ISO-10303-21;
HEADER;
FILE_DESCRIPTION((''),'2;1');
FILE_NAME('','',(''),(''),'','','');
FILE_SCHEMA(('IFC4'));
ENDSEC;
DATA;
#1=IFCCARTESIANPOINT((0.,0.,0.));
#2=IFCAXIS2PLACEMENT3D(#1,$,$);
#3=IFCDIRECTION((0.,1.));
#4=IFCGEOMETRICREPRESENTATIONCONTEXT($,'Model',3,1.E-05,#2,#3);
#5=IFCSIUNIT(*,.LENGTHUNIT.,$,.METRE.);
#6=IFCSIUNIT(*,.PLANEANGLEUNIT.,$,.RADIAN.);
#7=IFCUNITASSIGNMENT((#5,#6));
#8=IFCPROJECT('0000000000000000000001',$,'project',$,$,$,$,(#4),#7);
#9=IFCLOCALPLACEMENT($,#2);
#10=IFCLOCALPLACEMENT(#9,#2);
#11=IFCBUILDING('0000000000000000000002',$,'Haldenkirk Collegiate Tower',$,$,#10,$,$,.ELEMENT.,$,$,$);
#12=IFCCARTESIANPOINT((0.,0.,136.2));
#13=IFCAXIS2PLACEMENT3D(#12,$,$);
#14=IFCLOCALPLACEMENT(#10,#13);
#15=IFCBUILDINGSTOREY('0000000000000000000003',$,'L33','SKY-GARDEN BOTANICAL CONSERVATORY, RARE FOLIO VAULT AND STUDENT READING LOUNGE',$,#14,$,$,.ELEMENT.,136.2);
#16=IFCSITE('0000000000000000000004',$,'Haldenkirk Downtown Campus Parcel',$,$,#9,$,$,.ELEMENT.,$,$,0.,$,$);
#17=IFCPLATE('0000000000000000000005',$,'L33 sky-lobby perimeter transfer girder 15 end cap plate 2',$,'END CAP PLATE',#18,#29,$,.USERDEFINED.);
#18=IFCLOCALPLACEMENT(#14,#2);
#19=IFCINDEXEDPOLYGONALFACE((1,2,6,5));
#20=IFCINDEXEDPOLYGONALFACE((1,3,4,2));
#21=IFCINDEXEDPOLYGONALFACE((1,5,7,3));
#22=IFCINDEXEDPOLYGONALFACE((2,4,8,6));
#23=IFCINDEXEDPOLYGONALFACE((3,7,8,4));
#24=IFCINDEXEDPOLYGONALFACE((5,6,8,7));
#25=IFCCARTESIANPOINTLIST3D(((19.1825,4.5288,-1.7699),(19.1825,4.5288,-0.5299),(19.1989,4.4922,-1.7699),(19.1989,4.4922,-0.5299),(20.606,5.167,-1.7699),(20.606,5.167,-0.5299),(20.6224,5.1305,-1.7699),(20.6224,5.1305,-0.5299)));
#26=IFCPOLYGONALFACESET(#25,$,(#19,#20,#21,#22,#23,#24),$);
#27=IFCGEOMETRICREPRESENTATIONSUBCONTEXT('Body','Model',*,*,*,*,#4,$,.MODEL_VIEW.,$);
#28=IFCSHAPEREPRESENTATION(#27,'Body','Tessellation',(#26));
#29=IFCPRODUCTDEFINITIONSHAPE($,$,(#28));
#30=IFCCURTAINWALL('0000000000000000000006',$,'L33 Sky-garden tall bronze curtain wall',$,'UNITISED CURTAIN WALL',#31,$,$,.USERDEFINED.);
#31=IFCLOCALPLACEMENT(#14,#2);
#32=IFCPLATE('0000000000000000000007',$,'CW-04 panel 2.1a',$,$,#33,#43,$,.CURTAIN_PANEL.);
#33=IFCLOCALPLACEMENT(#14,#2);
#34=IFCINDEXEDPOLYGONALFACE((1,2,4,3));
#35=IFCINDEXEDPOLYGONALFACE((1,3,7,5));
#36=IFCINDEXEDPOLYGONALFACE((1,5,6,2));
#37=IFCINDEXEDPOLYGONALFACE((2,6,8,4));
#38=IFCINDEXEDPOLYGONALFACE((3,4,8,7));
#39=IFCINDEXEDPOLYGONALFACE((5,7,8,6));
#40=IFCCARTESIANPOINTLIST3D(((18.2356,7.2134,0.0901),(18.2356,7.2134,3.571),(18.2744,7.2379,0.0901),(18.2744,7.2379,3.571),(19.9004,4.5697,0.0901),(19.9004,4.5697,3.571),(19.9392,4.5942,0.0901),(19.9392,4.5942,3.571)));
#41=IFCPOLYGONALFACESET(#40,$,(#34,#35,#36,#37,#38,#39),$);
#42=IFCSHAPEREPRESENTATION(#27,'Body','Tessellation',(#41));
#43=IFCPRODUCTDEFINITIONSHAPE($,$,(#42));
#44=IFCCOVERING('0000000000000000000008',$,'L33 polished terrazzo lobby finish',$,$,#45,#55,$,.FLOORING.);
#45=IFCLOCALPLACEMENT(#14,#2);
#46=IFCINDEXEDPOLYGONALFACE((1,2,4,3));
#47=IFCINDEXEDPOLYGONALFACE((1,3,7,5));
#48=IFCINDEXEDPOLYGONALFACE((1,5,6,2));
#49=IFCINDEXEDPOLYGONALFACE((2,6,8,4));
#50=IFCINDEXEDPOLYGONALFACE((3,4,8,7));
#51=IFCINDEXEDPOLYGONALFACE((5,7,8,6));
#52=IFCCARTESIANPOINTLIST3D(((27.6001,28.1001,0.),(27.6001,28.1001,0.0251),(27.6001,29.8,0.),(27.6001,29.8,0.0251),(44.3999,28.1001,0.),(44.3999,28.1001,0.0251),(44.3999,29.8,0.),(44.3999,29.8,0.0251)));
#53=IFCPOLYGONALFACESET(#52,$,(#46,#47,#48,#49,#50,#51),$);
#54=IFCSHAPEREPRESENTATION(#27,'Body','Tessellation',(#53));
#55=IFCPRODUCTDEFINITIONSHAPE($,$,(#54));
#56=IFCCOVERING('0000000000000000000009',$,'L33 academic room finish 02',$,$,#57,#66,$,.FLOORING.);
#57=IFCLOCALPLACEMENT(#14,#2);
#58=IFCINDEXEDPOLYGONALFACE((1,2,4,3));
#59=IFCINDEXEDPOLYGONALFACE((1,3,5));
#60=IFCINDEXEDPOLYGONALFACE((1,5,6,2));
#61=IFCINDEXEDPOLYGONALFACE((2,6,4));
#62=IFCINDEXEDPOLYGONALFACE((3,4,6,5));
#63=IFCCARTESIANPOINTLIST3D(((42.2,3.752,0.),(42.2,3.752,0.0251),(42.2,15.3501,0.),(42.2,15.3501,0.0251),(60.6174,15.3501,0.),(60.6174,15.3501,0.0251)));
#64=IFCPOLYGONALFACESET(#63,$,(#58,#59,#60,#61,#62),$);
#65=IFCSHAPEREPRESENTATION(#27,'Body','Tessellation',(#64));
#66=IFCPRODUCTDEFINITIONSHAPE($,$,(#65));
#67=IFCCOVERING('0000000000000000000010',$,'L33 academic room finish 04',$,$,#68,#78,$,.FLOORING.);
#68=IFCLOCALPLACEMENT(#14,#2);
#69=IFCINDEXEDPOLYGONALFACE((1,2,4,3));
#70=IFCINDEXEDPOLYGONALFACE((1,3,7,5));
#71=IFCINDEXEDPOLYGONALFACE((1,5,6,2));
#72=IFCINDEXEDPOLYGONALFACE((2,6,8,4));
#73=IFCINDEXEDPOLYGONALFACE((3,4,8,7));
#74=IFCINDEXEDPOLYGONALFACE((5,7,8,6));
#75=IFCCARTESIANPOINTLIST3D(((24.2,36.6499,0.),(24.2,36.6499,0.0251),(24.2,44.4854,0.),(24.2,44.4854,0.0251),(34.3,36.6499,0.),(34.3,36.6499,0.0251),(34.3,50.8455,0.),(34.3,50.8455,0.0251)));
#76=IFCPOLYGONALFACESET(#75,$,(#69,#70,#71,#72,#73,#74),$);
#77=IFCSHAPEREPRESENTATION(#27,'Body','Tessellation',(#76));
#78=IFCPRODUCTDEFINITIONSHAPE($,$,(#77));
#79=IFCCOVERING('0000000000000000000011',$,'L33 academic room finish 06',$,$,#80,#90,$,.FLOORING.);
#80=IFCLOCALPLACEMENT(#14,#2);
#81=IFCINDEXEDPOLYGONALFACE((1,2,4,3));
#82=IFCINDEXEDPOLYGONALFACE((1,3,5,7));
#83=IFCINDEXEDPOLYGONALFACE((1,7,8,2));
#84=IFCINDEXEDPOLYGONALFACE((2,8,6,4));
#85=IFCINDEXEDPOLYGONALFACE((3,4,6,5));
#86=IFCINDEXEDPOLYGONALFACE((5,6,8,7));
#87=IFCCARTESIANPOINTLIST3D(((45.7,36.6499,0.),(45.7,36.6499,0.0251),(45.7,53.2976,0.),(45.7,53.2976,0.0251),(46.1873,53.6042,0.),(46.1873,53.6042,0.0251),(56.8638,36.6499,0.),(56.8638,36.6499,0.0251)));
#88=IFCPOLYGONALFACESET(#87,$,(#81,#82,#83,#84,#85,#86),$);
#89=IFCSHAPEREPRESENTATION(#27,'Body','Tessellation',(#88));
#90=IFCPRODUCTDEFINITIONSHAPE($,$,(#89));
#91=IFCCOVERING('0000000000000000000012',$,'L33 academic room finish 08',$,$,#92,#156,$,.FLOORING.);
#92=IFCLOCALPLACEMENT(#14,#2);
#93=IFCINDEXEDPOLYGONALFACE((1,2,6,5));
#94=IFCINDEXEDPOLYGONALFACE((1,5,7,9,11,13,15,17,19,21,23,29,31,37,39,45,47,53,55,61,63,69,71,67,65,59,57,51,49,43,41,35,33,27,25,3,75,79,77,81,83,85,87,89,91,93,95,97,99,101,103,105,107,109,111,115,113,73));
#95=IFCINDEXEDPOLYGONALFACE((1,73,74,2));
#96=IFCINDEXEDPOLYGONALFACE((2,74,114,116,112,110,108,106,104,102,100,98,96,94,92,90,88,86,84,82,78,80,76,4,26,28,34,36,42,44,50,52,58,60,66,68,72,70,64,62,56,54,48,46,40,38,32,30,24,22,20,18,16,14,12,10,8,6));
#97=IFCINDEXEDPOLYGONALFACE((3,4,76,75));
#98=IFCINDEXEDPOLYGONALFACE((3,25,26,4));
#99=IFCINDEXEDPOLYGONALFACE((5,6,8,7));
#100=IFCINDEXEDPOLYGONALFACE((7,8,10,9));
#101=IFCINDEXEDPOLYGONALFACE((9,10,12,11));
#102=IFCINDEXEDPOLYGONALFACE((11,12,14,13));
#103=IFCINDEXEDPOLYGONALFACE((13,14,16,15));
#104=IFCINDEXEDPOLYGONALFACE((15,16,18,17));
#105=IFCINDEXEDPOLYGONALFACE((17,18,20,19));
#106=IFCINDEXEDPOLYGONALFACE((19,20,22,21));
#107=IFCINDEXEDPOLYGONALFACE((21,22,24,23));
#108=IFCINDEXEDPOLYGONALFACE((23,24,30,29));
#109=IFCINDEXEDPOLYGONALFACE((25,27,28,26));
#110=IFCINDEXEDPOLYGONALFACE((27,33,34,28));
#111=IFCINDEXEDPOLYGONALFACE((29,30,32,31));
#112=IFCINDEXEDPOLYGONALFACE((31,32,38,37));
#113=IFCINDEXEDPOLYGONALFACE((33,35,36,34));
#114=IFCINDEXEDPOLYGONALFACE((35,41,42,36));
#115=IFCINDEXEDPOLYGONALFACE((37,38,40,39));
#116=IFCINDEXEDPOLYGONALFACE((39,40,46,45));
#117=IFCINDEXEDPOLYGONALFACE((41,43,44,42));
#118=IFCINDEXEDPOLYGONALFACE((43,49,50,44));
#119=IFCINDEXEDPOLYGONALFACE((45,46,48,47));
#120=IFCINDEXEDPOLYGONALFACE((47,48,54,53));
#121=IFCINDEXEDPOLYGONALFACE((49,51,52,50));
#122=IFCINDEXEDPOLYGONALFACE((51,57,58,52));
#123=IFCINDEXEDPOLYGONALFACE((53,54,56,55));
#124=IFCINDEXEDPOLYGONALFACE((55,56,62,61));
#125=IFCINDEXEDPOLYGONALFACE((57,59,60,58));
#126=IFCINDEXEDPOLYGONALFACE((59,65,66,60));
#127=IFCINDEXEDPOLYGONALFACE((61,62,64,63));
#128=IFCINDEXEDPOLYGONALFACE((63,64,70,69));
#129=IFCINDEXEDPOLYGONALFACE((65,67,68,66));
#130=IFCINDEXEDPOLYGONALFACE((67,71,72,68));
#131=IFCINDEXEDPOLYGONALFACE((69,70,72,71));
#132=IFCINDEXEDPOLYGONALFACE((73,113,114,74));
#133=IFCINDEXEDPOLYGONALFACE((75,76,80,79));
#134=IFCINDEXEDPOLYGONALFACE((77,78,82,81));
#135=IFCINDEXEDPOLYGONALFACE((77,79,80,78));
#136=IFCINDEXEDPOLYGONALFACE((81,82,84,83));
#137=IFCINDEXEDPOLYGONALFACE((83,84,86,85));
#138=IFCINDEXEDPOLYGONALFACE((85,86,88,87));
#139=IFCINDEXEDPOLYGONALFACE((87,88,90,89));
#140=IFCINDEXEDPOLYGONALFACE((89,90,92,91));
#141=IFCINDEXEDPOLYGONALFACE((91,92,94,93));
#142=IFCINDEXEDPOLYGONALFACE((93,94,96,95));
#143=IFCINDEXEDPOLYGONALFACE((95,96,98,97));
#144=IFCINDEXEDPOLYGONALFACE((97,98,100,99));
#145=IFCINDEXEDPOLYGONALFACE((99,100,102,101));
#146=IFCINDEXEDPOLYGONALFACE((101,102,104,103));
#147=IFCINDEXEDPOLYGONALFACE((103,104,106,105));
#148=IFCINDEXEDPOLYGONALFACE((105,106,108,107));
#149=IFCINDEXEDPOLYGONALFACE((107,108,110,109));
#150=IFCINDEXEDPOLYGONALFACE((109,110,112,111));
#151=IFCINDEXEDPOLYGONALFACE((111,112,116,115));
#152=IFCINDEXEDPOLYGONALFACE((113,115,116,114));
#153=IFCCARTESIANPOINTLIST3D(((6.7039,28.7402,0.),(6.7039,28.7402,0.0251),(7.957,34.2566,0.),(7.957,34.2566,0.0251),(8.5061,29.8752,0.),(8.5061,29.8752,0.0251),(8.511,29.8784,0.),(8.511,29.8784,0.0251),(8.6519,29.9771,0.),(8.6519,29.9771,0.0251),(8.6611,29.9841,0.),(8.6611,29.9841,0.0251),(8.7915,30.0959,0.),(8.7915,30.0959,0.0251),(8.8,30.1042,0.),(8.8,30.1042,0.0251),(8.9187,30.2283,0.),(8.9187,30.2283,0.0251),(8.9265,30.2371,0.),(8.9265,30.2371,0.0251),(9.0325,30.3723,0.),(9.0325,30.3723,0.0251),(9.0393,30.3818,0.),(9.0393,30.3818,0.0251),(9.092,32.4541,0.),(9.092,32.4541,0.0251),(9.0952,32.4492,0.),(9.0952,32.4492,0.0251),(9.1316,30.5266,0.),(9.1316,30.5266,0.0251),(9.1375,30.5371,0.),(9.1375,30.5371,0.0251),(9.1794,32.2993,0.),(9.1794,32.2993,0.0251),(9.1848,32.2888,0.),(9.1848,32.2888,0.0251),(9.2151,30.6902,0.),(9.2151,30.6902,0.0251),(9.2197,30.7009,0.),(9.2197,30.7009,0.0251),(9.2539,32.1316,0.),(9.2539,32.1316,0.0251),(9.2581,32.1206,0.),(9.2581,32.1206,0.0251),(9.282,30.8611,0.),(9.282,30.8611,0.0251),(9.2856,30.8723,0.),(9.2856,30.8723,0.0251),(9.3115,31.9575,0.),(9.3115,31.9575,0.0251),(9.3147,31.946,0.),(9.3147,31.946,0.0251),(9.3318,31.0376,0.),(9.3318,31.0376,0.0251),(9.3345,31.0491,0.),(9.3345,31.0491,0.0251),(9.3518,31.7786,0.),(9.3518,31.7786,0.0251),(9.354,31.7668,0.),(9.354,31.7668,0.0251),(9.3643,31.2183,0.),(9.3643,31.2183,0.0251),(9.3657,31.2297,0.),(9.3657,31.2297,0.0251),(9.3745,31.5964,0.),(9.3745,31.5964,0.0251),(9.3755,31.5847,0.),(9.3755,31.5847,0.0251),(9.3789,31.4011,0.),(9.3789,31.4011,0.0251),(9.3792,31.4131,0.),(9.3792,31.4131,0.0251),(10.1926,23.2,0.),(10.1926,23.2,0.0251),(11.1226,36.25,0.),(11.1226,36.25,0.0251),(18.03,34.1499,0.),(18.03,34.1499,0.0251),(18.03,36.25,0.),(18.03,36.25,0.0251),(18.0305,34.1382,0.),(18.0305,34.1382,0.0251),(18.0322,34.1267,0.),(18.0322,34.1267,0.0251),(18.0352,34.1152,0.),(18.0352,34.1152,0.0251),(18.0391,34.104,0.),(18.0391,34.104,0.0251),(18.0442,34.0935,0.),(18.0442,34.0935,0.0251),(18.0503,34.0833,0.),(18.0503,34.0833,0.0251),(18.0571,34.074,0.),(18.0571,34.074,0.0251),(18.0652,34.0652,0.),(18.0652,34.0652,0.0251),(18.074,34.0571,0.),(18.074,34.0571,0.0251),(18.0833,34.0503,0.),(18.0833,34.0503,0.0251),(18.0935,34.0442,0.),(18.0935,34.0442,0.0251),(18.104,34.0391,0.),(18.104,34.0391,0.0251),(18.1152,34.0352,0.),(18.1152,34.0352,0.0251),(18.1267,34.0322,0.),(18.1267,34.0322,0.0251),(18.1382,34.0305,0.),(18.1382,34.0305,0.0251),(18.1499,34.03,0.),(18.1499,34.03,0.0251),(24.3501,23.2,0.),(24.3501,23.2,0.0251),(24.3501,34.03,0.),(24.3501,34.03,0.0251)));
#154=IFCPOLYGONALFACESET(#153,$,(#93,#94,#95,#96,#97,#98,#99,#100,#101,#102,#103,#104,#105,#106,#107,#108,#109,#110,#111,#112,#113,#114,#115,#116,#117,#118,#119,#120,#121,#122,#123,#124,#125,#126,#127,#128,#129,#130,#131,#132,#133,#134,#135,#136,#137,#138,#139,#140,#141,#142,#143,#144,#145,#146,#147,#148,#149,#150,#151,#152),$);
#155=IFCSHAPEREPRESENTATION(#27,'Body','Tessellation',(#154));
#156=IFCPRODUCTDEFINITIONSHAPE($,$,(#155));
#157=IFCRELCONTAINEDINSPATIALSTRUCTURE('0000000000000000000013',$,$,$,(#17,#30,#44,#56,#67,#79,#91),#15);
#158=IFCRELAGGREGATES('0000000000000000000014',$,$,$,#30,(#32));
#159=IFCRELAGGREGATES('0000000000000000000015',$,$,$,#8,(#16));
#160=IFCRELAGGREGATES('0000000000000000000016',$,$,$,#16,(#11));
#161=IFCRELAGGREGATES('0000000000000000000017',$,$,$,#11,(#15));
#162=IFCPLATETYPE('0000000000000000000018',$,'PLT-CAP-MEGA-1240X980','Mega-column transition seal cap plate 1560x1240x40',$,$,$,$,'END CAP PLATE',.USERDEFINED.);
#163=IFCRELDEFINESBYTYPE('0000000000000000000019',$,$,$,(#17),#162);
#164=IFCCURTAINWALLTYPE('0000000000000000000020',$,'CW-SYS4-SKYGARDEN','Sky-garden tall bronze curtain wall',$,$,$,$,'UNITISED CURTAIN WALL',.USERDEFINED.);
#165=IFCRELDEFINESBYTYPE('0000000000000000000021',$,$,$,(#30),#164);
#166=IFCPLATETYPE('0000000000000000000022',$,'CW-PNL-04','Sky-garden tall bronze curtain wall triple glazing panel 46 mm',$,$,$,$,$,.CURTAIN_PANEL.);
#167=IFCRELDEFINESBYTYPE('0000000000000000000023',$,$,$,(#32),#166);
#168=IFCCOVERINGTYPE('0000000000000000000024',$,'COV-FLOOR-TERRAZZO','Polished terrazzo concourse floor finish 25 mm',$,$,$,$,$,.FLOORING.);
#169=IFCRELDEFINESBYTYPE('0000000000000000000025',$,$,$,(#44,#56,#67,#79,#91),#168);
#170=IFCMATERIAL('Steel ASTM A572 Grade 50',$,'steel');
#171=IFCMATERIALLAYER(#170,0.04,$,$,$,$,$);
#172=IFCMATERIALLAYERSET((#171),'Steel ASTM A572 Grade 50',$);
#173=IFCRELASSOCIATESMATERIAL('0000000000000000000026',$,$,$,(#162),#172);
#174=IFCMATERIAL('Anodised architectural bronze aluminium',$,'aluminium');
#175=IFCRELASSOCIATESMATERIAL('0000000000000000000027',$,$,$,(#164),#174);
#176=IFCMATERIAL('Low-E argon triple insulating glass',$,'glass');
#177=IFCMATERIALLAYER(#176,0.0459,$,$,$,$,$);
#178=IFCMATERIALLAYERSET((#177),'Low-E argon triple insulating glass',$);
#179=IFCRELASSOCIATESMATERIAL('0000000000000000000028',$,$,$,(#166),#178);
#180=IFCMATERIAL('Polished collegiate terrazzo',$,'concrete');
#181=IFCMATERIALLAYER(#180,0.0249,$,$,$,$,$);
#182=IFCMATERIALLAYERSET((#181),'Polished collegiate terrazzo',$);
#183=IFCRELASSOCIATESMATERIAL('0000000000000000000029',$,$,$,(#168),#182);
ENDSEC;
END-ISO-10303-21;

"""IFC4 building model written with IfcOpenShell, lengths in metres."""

from ifc_helpers import new_model, si_unit, direction, frame, origin, origin_2d, place, context, subcontext, project, spatial, polyline, rectangle, outline, extrude, source, transform, mapped, material, layer, layer_set, type_object, element, aggregate, save


model = new_model("IFC4")

# Units and contexts
model_context = context("Model", 3, precision=1e-05, world=origin(), true_north=direction((0.0, 1.0)))
body_context = subcontext(model_context, "Body", "Model", "MODEL_VIEW")
ifc_project = project(units=[si_unit("LENGTHUNIT", "METRE"), si_unit("PLANEANGLEUNIT", "RADIAN")], contexts=[model_context])

# Site, building, storey
site_placement = place(None, origin())
site = spatial("IfcSite", under=ifc_project, at=site_placement, Name="Haldenkirk Downtown Campus Parcel", CompositionType="ELEMENT", RefElevation=0.0)
building_placement = place(site_placement, origin())
building = spatial("IfcBuilding", under=site, at=building_placement, Name="Haldenkirk Collegiate Tower", CompositionType="ELEMENT")
storey_placement = place(building_placement, frame((0.0, 0.0, 136.2)))
storey = spatial("IfcBuildingStorey", under=building, at=storey_placement, Name="L33", Description="SKY-GARDEN BOTANICAL CONSERVATORY, RARE FOLIO VAULT AND STUDENT READING LOUNGE", CompositionType="ELEMENT", Elevation=136.2)

# Plate
ifc_material_1 = material(Name="Steel ASTM A572 Grade 50", Category="steel")
ifc_layer_1 = layer(ifc_material_1, 0.04)
ifc_layer_set_1 = layer_set([ifc_layer_1], Name="Steel ASTM A572 Grade 50")
plate_type_1 = type_object("IfcPlateType", Name="PLT-CAP-MEGA-1240X980", Description="Mega-column transition seal cap plate 1560x1240x40", ElementType="END CAP PLATE", PredefinedType="USERDEFINED", material=ifc_layer_set_1)
shared_shape_1 = source(origin(), body_context, "Body", "SweptSolid", [
    extrude(rectangle(XDim=1.5601, YDim=1.24, at=origin_2d()), origin(), (0.0, 0.0, 1.0), 0.04),
])
plate_1_placement = place(storey_placement, frame((19.8943, 4.8479, -1.1499), z_axis=(0.409132, -0.912475, 0.0), x_axis=(0.912475, 0.409132, 0.0)))
element("IfcPlate", 1, at=plate_1_placement, inside=storey, type_object=plate_type_1, Name="L33 sky-lobby perimeter transfer girder 15 end cap plate 2", ObjectType="END CAP PLATE", PredefinedType="USERDEFINED", context=body_context, shape_type="MappedRepresentation", body=[
    mapped(shared_shape_1, transform((0.0, 0.0, 0.0), x_axis=(1.0, 0.0, 0.0), y_axis=(0.0, 1.0, 0.0), z_axis=(0.0, 0.0, 1.0), scale=1.0)),
])

# Curtain wall, plate
ifc_material_2 = material(Name="Anodised architectural bronze aluminium", Category="aluminium")
curtain_wall_type = type_object("IfcCurtainWallType", Name="CW-SYS4-SKYGARDEN", Description="Sky-garden tall bronze curtain wall", ElementType="UNITISED CURTAIN WALL", PredefinedType="USERDEFINED", material=ifc_material_2)
curtain_wall_placement = place(storey_placement, origin())
curtain_wall = element("IfcCurtainWall", 2, at=curtain_wall_placement, inside=storey, type_object=curtain_wall_type, Name="L33 Sky-garden tall bronze curtain wall", ObjectType="UNITISED CURTAIN WALL", PredefinedType="USERDEFINED")
ifc_material_3 = material(Name="Low-E argon triple insulating glass", Category="glass")
ifc_layer_2 = layer(ifc_material_3, 0.0459)
ifc_layer_set_2 = layer_set([ifc_layer_2], Name="Low-E argon triple insulating glass")
plate_type_2 = type_object("IfcPlateType", Name="CW-PNL-04", Description="Sky-garden tall bronze curtain wall triple glazing panel 46 mm", PredefinedType="CURTAIN_PANEL", material=ifc_layer_set_2)
shared_shape_2 = source(origin(), body_context, "Body", "SweptSolid", [
    extrude(rectangle(XDim=3.1243, YDim=0.0459, at=origin_2d()), origin(), (0.0, 0.0, 1.0), 3.481),
])
plate_2_placement = place(storey_placement, frame((19.0874, 5.9038, 0.0901), z_axis=(0.0, 0.0, 1.0), x_axis=(-0.532878, 0.846192, 0.0)))
plate_2 = element("IfcPlate", 3, at=plate_2_placement, type_object=plate_type_2, Name="CW-04 panel 2.1a", PredefinedType="CURTAIN_PANEL", context=body_context, shape_type="MappedRepresentation", body=[
    mapped(shared_shape_2, transform((0.0, 0.0, 0.0), x_axis=(1.0, 0.0, 0.0), y_axis=(0.0, 1.0, 0.0), z_axis=(0.0, 0.0, 1.0), scale=1.0)),
])
aggregate(curtain_wall, [plate_2])

# Coverings
ifc_material_4 = material(Name="Polished collegiate terrazzo", Category="concrete")
ifc_layer_3 = layer(ifc_material_4, 0.0249)
ifc_layer_set_3 = layer_set([ifc_layer_3], Name="Polished collegiate terrazzo")
covering_type_1 = type_object("IfcCoveringType", Name="COV-FLOOR-TERRAZZO", Description="Polished terrazzo concourse floor finish 25 mm", PredefinedType="FLOORING", material=ifc_layer_set_3)
covering_1_placement = place(storey_placement, origin())
element("IfcCovering", 4, at=covering_1_placement, inside=storey, type_object=covering_type_1, Name="L33 polished terrazzo lobby finish", PredefinedType="FLOORING", context=body_context, shape_type="SweptSolid", body=[
    extrude(outline(polyline([(27.6001, 28.1001), (44.3999, 28.1001), (44.3999, 29.8), (27.6001, 29.8), (27.6001, 28.1001)])), origin(), (0.0, 0.0, 1.0), 0.0251),
])
covering_2_placement = place(storey_placement, origin())
element("IfcCovering", 5, at=covering_2_placement, inside=storey, type_object=covering_type_1, Name="L33 academic room finish 02", PredefinedType="FLOORING", context=body_context, shape_type="SweptSolid", body=[
    extrude(outline(polyline([(42.2, 3.752), (42.2, 15.3501), (60.6174, 15.3501), (42.2, 3.752)])), origin(), (0.0, 0.0, 1.0), 0.0251),
])
covering_3_placement = place(storey_placement, origin())
element("IfcCovering", 6, at=covering_3_placement, inside=storey, type_object=covering_type_1, Name="L33 academic room finish 04", PredefinedType="FLOORING", context=body_context, shape_type="SweptSolid", body=[
    extrude(outline(polyline([(34.3, 50.8455), (34.3, 36.6499), (24.2, 36.6499), (24.2, 44.4854), (34.3, 50.8455)])), origin(), (0.0, 0.0, 1.0), 0.0251),
])
covering_4_placement = place(storey_placement, origin())
element("IfcCovering", 7, at=covering_4_placement, inside=storey, type_object=covering_type_1, Name="L33 academic room finish 06", PredefinedType="FLOORING", context=body_context, shape_type="SweptSolid", body=[
    extrude(outline(polyline([(46.1873, 53.6042), (56.8638, 36.6499), (45.7, 36.6499), (45.7, 53.2976), (46.1873, 53.6042)])), origin(), (0.0, 0.0, 1.0), 0.0251),
])
covering_5_placement = place(storey_placement, origin())
element("IfcCovering", 8, at=covering_5_placement, inside=storey, type_object=covering_type_1, Name="L33 academic room finish 08", PredefinedType="FLOORING", context=body_context, shape_type="SweptSolid", body=[
    extrude(outline(polyline([(8.5061, 29.8752), (8.511, 29.8784), (8.6519, 29.9771), (8.6611, 29.9841), (8.7915, 30.0959), (8.8, 30.1042), (8.9187, 30.2283), (8.9265, 30.2371), (9.0325, 30.3723), (9.0393, 30.3818), (9.1316, 30.5266), (9.1375, 30.5371), (9.2151, 30.6902), (9.2197, 30.7009), (9.282, 30.8611), (9.2856, 30.8723), (9.3318, 31.0376), (9.3345, 31.0491), (9.3643, 31.2183), (9.3657, 31.2297), (9.3789, 31.4011), (9.3792, 31.4131), (9.3755, 31.5847), (9.3745, 31.5964), (9.354, 31.7668), (9.3518, 31.7786), (9.3147, 31.946), (9.3115, 31.9575), (9.2581, 32.1206), (9.2539, 32.1316), (9.1848, 32.2888), (9.1794, 32.2993), (9.0952, 32.4492), (9.092, 32.4541), (7.957, 34.2566), (11.1226, 36.25), (18.03, 36.25), (18.03, 34.1499), (18.0305, 34.1382), (18.0322, 34.1267), (18.0352, 34.1152), (18.0391, 34.104), (18.0442, 34.0935), (18.0503, 34.0833), (18.0571, 34.074), (18.0652, 34.0652), (18.074, 34.0571), (18.0833, 34.0503), (18.0935, 34.0442), (18.104, 34.0391), (18.1152, 34.0352), (18.1267, 34.0322), (18.1382, 34.0305), (18.1499, 34.03), (24.3501, 34.03), (24.3501, 23.2), (10.1926, 23.2), (6.7039, 28.7402), (8.5061, 29.8752)])), origin(), (0.0, 0.0, 1.0), 0.0251),
])

save(model, "model.ifc")
